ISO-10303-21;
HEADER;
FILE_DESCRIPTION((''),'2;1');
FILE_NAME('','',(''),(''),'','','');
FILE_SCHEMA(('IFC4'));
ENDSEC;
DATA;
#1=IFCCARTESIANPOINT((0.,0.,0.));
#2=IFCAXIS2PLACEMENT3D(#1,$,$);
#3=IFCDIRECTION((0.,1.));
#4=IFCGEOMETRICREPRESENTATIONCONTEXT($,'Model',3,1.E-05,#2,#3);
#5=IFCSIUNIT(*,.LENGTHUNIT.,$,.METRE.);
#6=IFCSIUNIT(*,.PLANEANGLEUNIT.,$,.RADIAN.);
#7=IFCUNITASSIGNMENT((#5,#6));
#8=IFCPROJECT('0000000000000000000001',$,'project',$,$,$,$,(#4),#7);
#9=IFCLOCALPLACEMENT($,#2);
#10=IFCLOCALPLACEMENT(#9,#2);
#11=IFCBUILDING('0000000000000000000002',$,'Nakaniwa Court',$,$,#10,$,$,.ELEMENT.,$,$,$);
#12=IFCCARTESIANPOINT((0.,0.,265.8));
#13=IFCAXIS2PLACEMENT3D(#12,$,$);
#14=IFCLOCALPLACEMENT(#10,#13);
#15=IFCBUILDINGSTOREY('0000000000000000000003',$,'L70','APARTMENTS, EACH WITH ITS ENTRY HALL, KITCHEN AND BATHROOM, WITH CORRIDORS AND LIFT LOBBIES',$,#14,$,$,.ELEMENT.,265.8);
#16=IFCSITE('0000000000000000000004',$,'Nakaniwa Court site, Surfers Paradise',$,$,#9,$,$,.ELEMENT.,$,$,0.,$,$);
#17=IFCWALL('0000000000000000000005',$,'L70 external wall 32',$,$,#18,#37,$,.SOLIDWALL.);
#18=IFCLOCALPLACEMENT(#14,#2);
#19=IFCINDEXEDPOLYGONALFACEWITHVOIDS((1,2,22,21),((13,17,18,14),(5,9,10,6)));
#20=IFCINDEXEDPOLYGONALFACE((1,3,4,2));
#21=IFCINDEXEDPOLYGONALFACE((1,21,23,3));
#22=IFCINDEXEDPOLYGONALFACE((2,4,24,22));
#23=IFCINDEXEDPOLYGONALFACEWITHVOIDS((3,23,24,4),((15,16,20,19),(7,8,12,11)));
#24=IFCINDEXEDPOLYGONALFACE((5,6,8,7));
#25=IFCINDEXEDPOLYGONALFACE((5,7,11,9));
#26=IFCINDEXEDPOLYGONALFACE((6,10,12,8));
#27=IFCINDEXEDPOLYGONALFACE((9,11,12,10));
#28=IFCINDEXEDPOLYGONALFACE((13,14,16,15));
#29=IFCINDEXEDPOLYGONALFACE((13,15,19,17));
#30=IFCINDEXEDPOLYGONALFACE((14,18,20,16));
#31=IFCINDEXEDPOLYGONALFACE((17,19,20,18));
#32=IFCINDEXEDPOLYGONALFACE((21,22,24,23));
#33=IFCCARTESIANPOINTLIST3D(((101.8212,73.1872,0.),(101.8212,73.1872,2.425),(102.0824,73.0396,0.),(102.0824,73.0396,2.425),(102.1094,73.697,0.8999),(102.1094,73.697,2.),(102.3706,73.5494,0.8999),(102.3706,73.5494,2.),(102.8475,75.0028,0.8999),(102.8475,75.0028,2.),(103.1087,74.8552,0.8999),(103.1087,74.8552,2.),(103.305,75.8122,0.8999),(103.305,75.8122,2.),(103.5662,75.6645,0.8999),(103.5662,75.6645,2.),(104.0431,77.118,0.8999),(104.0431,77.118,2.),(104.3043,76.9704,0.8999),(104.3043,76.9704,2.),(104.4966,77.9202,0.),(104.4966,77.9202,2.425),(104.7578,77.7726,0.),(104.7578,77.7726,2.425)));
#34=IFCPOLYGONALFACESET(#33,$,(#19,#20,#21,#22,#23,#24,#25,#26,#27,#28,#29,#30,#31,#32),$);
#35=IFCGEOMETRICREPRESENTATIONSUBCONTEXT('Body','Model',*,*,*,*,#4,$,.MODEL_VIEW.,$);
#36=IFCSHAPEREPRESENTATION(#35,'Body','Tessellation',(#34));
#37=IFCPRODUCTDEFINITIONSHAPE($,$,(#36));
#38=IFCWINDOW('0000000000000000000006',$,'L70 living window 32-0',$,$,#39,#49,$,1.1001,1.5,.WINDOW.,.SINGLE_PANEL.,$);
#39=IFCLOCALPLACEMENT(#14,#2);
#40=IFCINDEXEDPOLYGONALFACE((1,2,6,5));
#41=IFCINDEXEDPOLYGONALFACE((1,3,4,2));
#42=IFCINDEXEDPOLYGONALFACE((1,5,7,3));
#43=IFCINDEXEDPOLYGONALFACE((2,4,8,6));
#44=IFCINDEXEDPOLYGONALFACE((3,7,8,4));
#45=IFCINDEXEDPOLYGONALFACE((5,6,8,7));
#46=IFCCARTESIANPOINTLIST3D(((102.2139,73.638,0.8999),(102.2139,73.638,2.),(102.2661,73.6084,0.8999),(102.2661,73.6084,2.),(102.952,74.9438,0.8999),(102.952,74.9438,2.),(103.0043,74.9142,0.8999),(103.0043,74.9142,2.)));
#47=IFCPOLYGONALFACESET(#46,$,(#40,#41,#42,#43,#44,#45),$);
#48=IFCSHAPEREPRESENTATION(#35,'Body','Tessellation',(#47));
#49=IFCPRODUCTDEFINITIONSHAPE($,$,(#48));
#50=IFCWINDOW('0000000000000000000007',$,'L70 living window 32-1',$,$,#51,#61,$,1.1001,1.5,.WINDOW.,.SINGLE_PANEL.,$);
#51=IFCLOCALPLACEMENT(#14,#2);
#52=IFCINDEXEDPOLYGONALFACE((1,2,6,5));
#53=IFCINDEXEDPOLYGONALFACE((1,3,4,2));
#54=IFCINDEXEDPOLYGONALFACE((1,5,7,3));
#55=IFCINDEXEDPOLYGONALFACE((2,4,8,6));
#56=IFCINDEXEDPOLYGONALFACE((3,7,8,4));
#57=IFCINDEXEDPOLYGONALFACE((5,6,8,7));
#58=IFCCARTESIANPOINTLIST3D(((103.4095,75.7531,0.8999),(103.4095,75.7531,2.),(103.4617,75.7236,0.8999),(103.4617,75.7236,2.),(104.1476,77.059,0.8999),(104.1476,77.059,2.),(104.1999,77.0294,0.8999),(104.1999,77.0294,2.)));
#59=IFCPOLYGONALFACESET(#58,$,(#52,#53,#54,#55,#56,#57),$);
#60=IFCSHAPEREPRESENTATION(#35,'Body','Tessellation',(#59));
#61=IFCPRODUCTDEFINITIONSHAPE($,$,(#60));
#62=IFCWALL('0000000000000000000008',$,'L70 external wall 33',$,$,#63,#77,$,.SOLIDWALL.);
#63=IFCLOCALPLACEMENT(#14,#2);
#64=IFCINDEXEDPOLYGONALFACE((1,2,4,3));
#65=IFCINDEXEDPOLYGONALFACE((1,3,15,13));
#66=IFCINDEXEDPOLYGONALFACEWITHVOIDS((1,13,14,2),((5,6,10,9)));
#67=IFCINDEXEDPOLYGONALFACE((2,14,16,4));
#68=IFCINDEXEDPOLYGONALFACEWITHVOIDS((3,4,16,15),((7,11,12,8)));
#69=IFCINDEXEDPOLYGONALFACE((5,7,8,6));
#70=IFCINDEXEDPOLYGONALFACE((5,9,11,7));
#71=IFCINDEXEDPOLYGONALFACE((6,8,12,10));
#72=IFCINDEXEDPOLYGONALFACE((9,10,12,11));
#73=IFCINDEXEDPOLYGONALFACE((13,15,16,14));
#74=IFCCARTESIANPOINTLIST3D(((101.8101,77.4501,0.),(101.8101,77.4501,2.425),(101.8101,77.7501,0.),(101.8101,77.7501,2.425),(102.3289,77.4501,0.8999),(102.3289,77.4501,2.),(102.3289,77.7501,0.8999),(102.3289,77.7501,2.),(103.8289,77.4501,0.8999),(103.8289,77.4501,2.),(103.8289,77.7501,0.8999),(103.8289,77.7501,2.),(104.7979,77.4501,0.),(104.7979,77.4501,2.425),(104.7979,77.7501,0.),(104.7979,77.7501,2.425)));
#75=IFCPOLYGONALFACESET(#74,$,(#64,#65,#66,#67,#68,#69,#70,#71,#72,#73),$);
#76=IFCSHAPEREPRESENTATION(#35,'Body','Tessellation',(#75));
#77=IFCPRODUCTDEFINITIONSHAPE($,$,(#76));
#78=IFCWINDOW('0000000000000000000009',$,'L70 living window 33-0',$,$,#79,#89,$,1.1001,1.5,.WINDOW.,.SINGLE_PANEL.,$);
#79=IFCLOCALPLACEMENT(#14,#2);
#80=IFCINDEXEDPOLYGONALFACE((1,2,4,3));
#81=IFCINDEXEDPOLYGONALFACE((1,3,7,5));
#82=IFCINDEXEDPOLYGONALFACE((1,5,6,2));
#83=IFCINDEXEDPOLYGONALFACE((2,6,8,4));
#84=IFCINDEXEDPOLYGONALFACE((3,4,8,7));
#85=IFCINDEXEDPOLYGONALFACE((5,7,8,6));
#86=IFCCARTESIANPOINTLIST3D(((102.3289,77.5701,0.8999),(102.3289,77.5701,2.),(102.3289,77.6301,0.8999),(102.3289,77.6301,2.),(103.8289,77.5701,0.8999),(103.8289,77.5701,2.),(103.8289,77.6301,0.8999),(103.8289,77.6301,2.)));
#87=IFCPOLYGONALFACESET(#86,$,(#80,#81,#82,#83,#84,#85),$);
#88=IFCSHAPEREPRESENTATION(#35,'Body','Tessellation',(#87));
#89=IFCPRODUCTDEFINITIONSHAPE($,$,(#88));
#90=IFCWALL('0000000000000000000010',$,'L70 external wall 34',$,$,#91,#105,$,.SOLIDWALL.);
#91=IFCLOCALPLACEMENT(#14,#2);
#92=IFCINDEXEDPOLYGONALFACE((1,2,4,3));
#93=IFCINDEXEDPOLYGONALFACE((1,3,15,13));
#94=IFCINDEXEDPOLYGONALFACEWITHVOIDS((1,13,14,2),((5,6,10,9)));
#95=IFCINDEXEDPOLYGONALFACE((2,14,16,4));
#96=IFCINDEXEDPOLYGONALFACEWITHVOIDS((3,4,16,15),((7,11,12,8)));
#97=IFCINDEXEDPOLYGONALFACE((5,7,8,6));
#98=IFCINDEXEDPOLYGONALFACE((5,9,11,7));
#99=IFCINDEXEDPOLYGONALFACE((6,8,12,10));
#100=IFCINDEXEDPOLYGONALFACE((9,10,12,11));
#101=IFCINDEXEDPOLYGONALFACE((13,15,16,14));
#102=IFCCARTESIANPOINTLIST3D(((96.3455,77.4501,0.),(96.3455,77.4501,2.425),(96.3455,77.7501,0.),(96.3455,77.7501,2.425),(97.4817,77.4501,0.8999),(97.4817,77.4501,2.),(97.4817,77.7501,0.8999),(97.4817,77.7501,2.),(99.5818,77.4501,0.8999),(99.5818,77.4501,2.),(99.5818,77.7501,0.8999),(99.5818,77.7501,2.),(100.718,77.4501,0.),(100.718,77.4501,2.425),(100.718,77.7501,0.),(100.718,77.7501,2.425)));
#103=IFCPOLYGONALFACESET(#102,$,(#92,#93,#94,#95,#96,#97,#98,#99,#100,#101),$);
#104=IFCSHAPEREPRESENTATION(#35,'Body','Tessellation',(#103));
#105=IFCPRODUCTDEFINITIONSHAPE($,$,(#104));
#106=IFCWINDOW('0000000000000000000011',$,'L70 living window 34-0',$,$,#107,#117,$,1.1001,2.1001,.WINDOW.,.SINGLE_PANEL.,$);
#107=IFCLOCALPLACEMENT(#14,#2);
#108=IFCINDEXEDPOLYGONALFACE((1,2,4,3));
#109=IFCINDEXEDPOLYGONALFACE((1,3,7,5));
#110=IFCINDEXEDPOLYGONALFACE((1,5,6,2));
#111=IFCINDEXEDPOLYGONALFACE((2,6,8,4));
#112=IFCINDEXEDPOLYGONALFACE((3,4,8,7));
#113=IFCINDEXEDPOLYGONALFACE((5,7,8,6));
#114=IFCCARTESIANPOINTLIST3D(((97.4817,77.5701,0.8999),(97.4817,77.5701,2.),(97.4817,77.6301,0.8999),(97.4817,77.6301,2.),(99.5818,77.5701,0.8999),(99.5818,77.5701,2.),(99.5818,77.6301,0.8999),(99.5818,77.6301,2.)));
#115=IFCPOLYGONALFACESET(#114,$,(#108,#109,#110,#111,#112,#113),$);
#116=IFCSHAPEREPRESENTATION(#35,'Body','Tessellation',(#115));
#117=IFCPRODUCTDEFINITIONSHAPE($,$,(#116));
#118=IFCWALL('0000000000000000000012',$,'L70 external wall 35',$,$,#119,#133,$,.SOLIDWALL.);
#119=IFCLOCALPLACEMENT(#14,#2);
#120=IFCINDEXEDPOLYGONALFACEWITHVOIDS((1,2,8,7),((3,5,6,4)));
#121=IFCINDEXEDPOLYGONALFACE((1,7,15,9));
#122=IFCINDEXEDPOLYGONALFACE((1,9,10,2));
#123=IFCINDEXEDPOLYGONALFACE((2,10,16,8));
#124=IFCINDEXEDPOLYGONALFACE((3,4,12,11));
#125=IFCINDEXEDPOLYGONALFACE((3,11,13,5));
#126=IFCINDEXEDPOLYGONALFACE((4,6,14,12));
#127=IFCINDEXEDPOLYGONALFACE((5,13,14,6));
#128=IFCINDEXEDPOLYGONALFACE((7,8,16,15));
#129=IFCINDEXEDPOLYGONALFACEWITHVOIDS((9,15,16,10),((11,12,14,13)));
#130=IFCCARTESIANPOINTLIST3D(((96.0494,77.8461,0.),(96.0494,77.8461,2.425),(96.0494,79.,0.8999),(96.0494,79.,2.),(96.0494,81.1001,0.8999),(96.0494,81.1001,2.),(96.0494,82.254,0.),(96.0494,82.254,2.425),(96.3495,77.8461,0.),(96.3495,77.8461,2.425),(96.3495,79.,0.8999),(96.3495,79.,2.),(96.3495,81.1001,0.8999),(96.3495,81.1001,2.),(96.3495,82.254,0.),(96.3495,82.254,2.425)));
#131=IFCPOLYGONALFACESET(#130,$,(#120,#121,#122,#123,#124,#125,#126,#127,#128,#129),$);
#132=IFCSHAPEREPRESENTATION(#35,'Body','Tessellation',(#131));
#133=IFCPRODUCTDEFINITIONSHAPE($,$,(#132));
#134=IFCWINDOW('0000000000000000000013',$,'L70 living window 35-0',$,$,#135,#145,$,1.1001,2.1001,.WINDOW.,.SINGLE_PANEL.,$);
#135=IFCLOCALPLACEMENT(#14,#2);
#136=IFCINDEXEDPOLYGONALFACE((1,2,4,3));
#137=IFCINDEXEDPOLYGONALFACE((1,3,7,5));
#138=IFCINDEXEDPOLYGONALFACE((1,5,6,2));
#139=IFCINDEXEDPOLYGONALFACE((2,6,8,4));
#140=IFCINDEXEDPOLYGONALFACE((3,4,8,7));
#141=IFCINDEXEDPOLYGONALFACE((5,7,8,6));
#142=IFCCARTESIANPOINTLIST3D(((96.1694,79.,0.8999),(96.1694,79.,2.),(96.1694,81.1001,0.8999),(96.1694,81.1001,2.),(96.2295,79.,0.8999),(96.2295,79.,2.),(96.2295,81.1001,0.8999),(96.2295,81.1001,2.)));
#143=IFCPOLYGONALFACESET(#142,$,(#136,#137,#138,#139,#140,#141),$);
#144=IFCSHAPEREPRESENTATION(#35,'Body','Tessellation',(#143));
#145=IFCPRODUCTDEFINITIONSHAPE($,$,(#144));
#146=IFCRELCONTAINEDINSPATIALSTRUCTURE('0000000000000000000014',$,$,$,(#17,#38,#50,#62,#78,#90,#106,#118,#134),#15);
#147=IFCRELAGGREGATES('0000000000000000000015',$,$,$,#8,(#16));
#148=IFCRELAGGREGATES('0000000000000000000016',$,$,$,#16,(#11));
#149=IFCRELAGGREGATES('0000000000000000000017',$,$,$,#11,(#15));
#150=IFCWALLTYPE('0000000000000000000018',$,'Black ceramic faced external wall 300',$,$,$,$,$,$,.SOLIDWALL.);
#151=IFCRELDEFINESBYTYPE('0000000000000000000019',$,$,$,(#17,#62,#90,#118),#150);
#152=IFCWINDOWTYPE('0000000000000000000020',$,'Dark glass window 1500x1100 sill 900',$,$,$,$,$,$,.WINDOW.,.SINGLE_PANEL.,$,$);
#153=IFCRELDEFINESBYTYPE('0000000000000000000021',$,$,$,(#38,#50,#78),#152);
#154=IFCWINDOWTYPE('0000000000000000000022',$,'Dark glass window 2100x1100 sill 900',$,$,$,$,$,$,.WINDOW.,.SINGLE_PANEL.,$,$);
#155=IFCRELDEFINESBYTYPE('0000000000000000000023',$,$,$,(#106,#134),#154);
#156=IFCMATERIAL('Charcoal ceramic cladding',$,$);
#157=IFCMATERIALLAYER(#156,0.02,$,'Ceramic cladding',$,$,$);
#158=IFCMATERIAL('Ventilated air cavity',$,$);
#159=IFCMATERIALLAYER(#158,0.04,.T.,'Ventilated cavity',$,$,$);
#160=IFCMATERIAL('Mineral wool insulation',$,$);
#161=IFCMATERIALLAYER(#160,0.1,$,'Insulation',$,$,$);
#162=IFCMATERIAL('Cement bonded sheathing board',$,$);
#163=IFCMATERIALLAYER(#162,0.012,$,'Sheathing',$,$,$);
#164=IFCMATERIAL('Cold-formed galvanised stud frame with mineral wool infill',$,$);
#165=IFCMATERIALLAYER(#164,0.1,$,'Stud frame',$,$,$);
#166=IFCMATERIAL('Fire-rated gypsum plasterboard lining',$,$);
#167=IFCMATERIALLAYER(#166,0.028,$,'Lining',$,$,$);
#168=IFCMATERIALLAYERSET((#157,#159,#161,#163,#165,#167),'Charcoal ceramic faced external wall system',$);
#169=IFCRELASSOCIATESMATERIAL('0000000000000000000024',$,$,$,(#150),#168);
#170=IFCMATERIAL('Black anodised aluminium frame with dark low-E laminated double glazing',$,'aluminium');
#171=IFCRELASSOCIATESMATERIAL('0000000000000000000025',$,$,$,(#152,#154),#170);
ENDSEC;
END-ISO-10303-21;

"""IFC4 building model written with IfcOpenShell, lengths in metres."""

from ifc_helpers import new_model, si_unit, direction, frame, frame_2d, origin, place, context, subcontext, project, spatial, rectangle, extrude, material, layer, layer_set, type_object, element, fill, save


model = new_model("IFC4")

# Units and contexts
model_context = context("Model", 3, precision=1e-05, world=origin(), true_north=direction((0.0, 1.0)))
body_context = subcontext(model_context, "Body", "Model", "MODEL_VIEW")
ifc_project = project(units=[si_unit("LENGTHUNIT", "METRE"), si_unit("PLANEANGLEUNIT", "RADIAN")], contexts=[model_context])

# Site, building, storey
site_placement = place(None, origin())
site = spatial("IfcSite", under=ifc_project, at=site_placement, Name="Nakaniwa Court site, Surfers Paradise", CompositionType="ELEMENT", RefElevation=0.0)
building_placement = place(site_placement, origin())
building = spatial("IfcBuilding", under=site, at=building_placement, Name="Nakaniwa Court", CompositionType="ELEMENT")
storey_placement = place(building_placement, frame((0.0, 0.0, 265.8)))
storey = spatial("IfcBuildingStorey", under=building, at=storey_placement, Name="L70", Description="APARTMENTS, EACH WITH ITS ENTRY HALL, KITCHEN AND BATHROOM, WITH CORRIDORS AND LIFT LOBBIES", CompositionType="ELEMENT", Elevation=265.8)

# Shared definitions
ifc_material_1 = material(Name="Charcoal ceramic cladding")
ifc_layer_1 = layer(ifc_material_1, 0.02, Name="Ceramic cladding")
ifc_material_2 = material(Name="Ventilated air cavity")
ifc_layer_2 = layer(ifc_material_2, 0.04, ventilated=True, Name="Ventilated cavity")
ifc_material_3 = material(Name="Mineral wool insulation")
ifc_layer_3 = layer(ifc_material_3, 0.1, Name="Insulation")
ifc_material_4 = material(Name="Cement bonded sheathing board")
ifc_layer_4 = layer(ifc_material_4, 0.012, Name="Sheathing")
ifc_material_5 = material(Name="Cold-formed galvanised stud frame with mineral wool infill")
ifc_layer_5 = layer(ifc_material_5, 0.1, Name="Stud frame")
ifc_material_6 = material(Name="Fire-rated gypsum plasterboard lining")
ifc_layer_6 = layer(ifc_material_6, 0.028, Name="Lining")
ifc_layer_set_1 = layer_set([ifc_layer_1, ifc_layer_2, ifc_layer_3, ifc_layer_4, ifc_layer_5, ifc_layer_6], Name="Charcoal ceramic faced external wall system")
wall_type_1 = type_object("IfcWallType", Name="Black ceramic faced external wall 300", PredefinedType="SOLIDWALL", material=ifc_layer_set_1)

# Wall, openings, windows
wall_1_placement = place(storey_placement, frame((101.9519, 73.1135, 0.0), z_axis=(0.0, 0.0, 1.0), x_axis=(0.492081, 0.870549, 0.0)))
wall_1 = element("IfcWall", 1, at=wall_1_placement, inside=storey, type_object=wall_type_1, Name="L70 external wall 32", PredefinedType="SOLIDWALL", context=body_context, shape_type="SweptSolid", body=[
    extrude(rectangle(XDim=5.4368, YDim=0.3, at=frame_2d((2.7183, 0.0))), origin(), (0.0, 0.0, 1.0), 2.425),
])
opening_1_placement = place(wall_1_placement, frame((0.5854, 0.0, 0.8999)))
opening_1 = element("IfcOpeningElement", 2, at=opening_1_placement, cuts=wall_1, PredefinedType="OPENING", context=body_context, shape_type="SweptSolid", body=[
    extrude(rectangle(XDim=1.5, YDim=1.1001, at=frame_2d((0.75, 0.55))), frame((0.0, 0.1599, 0.0), z_axis=(0.0, -1.0, 0.0), x_axis=(1.0, 0.0, 0.0)), (0.0, 0.0, 1.0), 0.3201),
])
opening_2_placement = place(wall_1_placement, frame((3.0151, 0.0, 0.8999)))
opening_2 = element("IfcOpeningElement", 3, at=opening_2_placement, cuts=wall_1, PredefinedType="OPENING", context=body_context, shape_type="SweptSolid", body=[
    extrude(rectangle(XDim=1.5, YDim=1.1001, at=frame_2d((0.75, 0.55))), frame((0.0, 0.1599, 0.0), z_axis=(0.0, -1.0, 0.0), x_axis=(1.0, 0.0, 0.0)), (0.0, 0.0, 1.0), 0.3201),
])
ifc_material_7 = material(Name="Black anodised aluminium frame with dark low-E laminated double glazing", Category="aluminium")
window_type_1 = type_object("IfcWindowType", Name="Dark glass window 1500x1100 sill 900", PartitioningType="SINGLE_PANEL", PredefinedType="WINDOW", material=ifc_material_7)
window_1_placement = place(opening_1_placement, origin())
window_1 = element("IfcWindow", 4, at=window_1_placement, inside=storey, type_object=window_type_1, Name="L70 living window 32-0", OverallHeight=1.1001, OverallWidth=1.5, PartitioningType="SINGLE_PANEL", PredefinedType="WINDOW", context=body_context, shape_type="SweptSolid", body=[
    extrude(rectangle(XDim=1.5, YDim=1.1001, at=frame_2d((0.75, 0.55))), frame((0.0, 0.03, 0.0), z_axis=(0.0, -1.0, 0.0), x_axis=(1.0, 0.0, 0.0)), (0.0, 0.0, 1.0), 0.0601),
])
fill(opening_1, window_1)
window_2_placement = place(opening_2_placement, origin())
window_2 = element("IfcWindow", 5, at=window_2_placement, inside=storey, type_object=window_type_1, Name="L70 living window 32-1", OverallHeight=1.1001, OverallWidth=1.5, PartitioningType="SINGLE_PANEL", PredefinedType="WINDOW", context=body_context, shape_type="SweptSolid", body=[
    extrude(rectangle(XDim=1.5, YDim=1.1001, at=frame_2d((0.75, 0.55))), frame((0.0, 0.03, 0.0), z_axis=(0.0, -1.0, 0.0), x_axis=(1.0, 0.0, 0.0)), (0.0, 0.0, 1.0), 0.0601),
])
fill(opening_2, window_2)

# Walls, openings, windows
wall_2_placement = place(storey_placement, frame((104.7979, 77.6001, 0.0), z_axis=(0.0, 0.0, 1.0), x_axis=(-1.0, 0.0, 0.0)))
wall_2 = element("IfcWall", 6, at=wall_2_placement, inside=storey, type_object=wall_type_1, Name="L70 external wall 33", PredefinedType="SOLIDWALL", context=body_context, shape_type="SweptSolid", body=[
    extrude(rectangle(XDim=2.9878, YDim=0.3, at=frame_2d((1.4939, 0.0))), origin(), (0.0, 0.0, 1.0), 2.425),
])
opening_3_placement = place(wall_2_placement, frame((0.969, 0.0, 0.8999)))
opening_3 = element("IfcOpeningElement", 7, at=opening_3_placement, cuts=wall_2, PredefinedType="OPENING", context=body_context, shape_type="SweptSolid", body=[
    extrude(rectangle(XDim=1.5, YDim=1.1001, at=frame_2d((0.75, 0.55))), frame((0.0, 0.1599, 0.0), z_axis=(0.0, -1.0, 0.0), x_axis=(1.0, 0.0, 0.0)), (0.0, 0.0, 1.0), 0.3201),
])
window_3_placement = place(opening_3_placement, origin())
window_3 = element("IfcWindow", 8, at=window_3_placement, inside=storey, type_object=window_type_1, Name="L70 living window 33-0", OverallHeight=1.1001, OverallWidth=1.5, PartitioningType="SINGLE_PANEL", PredefinedType="WINDOW", context=body_context, shape_type="SweptSolid", body=[
    extrude(rectangle(XDim=1.5, YDim=1.1001, at=frame_2d((0.75, 0.55))), frame((0.0, 0.03, 0.0), z_axis=(0.0, -1.0, 0.0), x_axis=(1.0, 0.0, 0.0)), (0.0, 0.0, 1.0), 0.0601),
])
fill(opening_3, window_3)
wall_3_placement = place(storey_placement, frame((100.718, 77.6001, 0.0), z_axis=(0.0, 0.0, 1.0), x_axis=(-1.0, 0.0, 0.0)))
wall_3 = element("IfcWall", 9, at=wall_3_placement, inside=storey, type_object=wall_type_1, Name="L70 external wall 34", PredefinedType="SOLIDWALL", context=body_context, shape_type="SweptSolid", body=[
    extrude(rectangle(XDim=4.3726, YDim=0.3, at=frame_2d((2.1863, 0.0))), origin(), (0.0, 0.0, 1.0), 2.425),
])
opening_4_placement = place(wall_3_placement, frame((1.1362, 0.0, 0.8999)))
opening_4 = element("IfcOpeningElement", 10, at=opening_4_placement, cuts=wall_3, PredefinedType="OPENING", context=body_context, shape_type="SweptSolid", body=[
    extrude(rectangle(XDim=2.1001, YDim=1.1001, at=frame_2d((1.05, 0.55))), frame((0.0, 0.1599, 0.0), z_axis=(0.0, -1.0, 0.0), x_axis=(1.0, 0.0, 0.0)), (0.0, 0.0, 1.0), 0.3201),
])
window_type_2 = type_object("IfcWindowType", Name="Dark glass window 2100x1100 sill 900", PartitioningType="SINGLE_PANEL", PredefinedType="WINDOW", material=ifc_material_7)
window_4_placement = place(opening_4_placement, origin())
window_4 = element("IfcWindow", 11, at=window_4_placement, inside=storey, type_object=window_type_2, Name="L70 living window 34-0", OverallHeight=1.1001, OverallWidth=2.1001, PartitioningType="SINGLE_PANEL", PredefinedType="WINDOW", context=body_context, shape_type="SweptSolid", body=[
    extrude(rectangle(XDim=2.1001, YDim=1.1001, at=frame_2d((1.05, 0.55))), frame((0.0, 0.03, 0.0), z_axis=(0.0, -1.0, 0.0), x_axis=(1.0, 0.0, 0.0)), (0.0, 0.0, 1.0), 0.0601),
])
fill(opening_4, window_4)
wall_4_placement = place(storey_placement, frame((96.1995, 77.8459, 0.0), z_axis=(0.0, 0.0, 1.0), x_axis=(0.0, 1.0, 0.0)))
wall_4 = element("IfcWall", 12, at=wall_4_placement, inside=storey, type_object=wall_type_1, Name="L70 external wall 35", PredefinedType="SOLIDWALL", context=body_context, shape_type="SweptSolid", body=[
    extrude(rectangle(XDim=4.408, YDim=0.3, at=frame_2d((2.2041, 0.0))), origin(), (0.0, 0.0, 1.0), 2.425),
])
opening_5_placement = place(wall_4_placement, frame((1.1541, 0.0, 0.8999)))
opening_5 = element("IfcOpeningElement", 13, at=opening_5_placement, cuts=wall_4, PredefinedType="OPENING", context=body_context, shape_type="SweptSolid", body=[
    extrude(rectangle(XDim=2.1001, YDim=1.1001, at=frame_2d((1.05, 0.55))), frame((0.0, 0.1599, 0.0), z_axis=(0.0, -1.0, 0.0), x_axis=(1.0, 0.0, 0.0)), (0.0, 0.0, 1.0), 0.3201),
])
window_5_placement = place(opening_5_placement, origin())
window_5 = element("IfcWindow", 14, at=window_5_placement, inside=storey, type_object=window_type_2, Name="L70 living window 35-0", OverallHeight=1.1001, OverallWidth=2.1001, PartitioningType="SINGLE_PANEL", PredefinedType="WINDOW", context=body_context, shape_type="SweptSolid", body=[
    extrude(rectangle(XDim=2.1001, YDim=1.1001, at=frame_2d((1.05, 0.55))), frame((0.0, 0.03, 0.0), z_axis=(0.0, -1.0, 0.0), x_axis=(1.0, 0.0, 0.0)), (0.0, 0.0, 1.0), 0.0601),
])
fill(opening_5, window_5)

save(model, "model.ifc")
